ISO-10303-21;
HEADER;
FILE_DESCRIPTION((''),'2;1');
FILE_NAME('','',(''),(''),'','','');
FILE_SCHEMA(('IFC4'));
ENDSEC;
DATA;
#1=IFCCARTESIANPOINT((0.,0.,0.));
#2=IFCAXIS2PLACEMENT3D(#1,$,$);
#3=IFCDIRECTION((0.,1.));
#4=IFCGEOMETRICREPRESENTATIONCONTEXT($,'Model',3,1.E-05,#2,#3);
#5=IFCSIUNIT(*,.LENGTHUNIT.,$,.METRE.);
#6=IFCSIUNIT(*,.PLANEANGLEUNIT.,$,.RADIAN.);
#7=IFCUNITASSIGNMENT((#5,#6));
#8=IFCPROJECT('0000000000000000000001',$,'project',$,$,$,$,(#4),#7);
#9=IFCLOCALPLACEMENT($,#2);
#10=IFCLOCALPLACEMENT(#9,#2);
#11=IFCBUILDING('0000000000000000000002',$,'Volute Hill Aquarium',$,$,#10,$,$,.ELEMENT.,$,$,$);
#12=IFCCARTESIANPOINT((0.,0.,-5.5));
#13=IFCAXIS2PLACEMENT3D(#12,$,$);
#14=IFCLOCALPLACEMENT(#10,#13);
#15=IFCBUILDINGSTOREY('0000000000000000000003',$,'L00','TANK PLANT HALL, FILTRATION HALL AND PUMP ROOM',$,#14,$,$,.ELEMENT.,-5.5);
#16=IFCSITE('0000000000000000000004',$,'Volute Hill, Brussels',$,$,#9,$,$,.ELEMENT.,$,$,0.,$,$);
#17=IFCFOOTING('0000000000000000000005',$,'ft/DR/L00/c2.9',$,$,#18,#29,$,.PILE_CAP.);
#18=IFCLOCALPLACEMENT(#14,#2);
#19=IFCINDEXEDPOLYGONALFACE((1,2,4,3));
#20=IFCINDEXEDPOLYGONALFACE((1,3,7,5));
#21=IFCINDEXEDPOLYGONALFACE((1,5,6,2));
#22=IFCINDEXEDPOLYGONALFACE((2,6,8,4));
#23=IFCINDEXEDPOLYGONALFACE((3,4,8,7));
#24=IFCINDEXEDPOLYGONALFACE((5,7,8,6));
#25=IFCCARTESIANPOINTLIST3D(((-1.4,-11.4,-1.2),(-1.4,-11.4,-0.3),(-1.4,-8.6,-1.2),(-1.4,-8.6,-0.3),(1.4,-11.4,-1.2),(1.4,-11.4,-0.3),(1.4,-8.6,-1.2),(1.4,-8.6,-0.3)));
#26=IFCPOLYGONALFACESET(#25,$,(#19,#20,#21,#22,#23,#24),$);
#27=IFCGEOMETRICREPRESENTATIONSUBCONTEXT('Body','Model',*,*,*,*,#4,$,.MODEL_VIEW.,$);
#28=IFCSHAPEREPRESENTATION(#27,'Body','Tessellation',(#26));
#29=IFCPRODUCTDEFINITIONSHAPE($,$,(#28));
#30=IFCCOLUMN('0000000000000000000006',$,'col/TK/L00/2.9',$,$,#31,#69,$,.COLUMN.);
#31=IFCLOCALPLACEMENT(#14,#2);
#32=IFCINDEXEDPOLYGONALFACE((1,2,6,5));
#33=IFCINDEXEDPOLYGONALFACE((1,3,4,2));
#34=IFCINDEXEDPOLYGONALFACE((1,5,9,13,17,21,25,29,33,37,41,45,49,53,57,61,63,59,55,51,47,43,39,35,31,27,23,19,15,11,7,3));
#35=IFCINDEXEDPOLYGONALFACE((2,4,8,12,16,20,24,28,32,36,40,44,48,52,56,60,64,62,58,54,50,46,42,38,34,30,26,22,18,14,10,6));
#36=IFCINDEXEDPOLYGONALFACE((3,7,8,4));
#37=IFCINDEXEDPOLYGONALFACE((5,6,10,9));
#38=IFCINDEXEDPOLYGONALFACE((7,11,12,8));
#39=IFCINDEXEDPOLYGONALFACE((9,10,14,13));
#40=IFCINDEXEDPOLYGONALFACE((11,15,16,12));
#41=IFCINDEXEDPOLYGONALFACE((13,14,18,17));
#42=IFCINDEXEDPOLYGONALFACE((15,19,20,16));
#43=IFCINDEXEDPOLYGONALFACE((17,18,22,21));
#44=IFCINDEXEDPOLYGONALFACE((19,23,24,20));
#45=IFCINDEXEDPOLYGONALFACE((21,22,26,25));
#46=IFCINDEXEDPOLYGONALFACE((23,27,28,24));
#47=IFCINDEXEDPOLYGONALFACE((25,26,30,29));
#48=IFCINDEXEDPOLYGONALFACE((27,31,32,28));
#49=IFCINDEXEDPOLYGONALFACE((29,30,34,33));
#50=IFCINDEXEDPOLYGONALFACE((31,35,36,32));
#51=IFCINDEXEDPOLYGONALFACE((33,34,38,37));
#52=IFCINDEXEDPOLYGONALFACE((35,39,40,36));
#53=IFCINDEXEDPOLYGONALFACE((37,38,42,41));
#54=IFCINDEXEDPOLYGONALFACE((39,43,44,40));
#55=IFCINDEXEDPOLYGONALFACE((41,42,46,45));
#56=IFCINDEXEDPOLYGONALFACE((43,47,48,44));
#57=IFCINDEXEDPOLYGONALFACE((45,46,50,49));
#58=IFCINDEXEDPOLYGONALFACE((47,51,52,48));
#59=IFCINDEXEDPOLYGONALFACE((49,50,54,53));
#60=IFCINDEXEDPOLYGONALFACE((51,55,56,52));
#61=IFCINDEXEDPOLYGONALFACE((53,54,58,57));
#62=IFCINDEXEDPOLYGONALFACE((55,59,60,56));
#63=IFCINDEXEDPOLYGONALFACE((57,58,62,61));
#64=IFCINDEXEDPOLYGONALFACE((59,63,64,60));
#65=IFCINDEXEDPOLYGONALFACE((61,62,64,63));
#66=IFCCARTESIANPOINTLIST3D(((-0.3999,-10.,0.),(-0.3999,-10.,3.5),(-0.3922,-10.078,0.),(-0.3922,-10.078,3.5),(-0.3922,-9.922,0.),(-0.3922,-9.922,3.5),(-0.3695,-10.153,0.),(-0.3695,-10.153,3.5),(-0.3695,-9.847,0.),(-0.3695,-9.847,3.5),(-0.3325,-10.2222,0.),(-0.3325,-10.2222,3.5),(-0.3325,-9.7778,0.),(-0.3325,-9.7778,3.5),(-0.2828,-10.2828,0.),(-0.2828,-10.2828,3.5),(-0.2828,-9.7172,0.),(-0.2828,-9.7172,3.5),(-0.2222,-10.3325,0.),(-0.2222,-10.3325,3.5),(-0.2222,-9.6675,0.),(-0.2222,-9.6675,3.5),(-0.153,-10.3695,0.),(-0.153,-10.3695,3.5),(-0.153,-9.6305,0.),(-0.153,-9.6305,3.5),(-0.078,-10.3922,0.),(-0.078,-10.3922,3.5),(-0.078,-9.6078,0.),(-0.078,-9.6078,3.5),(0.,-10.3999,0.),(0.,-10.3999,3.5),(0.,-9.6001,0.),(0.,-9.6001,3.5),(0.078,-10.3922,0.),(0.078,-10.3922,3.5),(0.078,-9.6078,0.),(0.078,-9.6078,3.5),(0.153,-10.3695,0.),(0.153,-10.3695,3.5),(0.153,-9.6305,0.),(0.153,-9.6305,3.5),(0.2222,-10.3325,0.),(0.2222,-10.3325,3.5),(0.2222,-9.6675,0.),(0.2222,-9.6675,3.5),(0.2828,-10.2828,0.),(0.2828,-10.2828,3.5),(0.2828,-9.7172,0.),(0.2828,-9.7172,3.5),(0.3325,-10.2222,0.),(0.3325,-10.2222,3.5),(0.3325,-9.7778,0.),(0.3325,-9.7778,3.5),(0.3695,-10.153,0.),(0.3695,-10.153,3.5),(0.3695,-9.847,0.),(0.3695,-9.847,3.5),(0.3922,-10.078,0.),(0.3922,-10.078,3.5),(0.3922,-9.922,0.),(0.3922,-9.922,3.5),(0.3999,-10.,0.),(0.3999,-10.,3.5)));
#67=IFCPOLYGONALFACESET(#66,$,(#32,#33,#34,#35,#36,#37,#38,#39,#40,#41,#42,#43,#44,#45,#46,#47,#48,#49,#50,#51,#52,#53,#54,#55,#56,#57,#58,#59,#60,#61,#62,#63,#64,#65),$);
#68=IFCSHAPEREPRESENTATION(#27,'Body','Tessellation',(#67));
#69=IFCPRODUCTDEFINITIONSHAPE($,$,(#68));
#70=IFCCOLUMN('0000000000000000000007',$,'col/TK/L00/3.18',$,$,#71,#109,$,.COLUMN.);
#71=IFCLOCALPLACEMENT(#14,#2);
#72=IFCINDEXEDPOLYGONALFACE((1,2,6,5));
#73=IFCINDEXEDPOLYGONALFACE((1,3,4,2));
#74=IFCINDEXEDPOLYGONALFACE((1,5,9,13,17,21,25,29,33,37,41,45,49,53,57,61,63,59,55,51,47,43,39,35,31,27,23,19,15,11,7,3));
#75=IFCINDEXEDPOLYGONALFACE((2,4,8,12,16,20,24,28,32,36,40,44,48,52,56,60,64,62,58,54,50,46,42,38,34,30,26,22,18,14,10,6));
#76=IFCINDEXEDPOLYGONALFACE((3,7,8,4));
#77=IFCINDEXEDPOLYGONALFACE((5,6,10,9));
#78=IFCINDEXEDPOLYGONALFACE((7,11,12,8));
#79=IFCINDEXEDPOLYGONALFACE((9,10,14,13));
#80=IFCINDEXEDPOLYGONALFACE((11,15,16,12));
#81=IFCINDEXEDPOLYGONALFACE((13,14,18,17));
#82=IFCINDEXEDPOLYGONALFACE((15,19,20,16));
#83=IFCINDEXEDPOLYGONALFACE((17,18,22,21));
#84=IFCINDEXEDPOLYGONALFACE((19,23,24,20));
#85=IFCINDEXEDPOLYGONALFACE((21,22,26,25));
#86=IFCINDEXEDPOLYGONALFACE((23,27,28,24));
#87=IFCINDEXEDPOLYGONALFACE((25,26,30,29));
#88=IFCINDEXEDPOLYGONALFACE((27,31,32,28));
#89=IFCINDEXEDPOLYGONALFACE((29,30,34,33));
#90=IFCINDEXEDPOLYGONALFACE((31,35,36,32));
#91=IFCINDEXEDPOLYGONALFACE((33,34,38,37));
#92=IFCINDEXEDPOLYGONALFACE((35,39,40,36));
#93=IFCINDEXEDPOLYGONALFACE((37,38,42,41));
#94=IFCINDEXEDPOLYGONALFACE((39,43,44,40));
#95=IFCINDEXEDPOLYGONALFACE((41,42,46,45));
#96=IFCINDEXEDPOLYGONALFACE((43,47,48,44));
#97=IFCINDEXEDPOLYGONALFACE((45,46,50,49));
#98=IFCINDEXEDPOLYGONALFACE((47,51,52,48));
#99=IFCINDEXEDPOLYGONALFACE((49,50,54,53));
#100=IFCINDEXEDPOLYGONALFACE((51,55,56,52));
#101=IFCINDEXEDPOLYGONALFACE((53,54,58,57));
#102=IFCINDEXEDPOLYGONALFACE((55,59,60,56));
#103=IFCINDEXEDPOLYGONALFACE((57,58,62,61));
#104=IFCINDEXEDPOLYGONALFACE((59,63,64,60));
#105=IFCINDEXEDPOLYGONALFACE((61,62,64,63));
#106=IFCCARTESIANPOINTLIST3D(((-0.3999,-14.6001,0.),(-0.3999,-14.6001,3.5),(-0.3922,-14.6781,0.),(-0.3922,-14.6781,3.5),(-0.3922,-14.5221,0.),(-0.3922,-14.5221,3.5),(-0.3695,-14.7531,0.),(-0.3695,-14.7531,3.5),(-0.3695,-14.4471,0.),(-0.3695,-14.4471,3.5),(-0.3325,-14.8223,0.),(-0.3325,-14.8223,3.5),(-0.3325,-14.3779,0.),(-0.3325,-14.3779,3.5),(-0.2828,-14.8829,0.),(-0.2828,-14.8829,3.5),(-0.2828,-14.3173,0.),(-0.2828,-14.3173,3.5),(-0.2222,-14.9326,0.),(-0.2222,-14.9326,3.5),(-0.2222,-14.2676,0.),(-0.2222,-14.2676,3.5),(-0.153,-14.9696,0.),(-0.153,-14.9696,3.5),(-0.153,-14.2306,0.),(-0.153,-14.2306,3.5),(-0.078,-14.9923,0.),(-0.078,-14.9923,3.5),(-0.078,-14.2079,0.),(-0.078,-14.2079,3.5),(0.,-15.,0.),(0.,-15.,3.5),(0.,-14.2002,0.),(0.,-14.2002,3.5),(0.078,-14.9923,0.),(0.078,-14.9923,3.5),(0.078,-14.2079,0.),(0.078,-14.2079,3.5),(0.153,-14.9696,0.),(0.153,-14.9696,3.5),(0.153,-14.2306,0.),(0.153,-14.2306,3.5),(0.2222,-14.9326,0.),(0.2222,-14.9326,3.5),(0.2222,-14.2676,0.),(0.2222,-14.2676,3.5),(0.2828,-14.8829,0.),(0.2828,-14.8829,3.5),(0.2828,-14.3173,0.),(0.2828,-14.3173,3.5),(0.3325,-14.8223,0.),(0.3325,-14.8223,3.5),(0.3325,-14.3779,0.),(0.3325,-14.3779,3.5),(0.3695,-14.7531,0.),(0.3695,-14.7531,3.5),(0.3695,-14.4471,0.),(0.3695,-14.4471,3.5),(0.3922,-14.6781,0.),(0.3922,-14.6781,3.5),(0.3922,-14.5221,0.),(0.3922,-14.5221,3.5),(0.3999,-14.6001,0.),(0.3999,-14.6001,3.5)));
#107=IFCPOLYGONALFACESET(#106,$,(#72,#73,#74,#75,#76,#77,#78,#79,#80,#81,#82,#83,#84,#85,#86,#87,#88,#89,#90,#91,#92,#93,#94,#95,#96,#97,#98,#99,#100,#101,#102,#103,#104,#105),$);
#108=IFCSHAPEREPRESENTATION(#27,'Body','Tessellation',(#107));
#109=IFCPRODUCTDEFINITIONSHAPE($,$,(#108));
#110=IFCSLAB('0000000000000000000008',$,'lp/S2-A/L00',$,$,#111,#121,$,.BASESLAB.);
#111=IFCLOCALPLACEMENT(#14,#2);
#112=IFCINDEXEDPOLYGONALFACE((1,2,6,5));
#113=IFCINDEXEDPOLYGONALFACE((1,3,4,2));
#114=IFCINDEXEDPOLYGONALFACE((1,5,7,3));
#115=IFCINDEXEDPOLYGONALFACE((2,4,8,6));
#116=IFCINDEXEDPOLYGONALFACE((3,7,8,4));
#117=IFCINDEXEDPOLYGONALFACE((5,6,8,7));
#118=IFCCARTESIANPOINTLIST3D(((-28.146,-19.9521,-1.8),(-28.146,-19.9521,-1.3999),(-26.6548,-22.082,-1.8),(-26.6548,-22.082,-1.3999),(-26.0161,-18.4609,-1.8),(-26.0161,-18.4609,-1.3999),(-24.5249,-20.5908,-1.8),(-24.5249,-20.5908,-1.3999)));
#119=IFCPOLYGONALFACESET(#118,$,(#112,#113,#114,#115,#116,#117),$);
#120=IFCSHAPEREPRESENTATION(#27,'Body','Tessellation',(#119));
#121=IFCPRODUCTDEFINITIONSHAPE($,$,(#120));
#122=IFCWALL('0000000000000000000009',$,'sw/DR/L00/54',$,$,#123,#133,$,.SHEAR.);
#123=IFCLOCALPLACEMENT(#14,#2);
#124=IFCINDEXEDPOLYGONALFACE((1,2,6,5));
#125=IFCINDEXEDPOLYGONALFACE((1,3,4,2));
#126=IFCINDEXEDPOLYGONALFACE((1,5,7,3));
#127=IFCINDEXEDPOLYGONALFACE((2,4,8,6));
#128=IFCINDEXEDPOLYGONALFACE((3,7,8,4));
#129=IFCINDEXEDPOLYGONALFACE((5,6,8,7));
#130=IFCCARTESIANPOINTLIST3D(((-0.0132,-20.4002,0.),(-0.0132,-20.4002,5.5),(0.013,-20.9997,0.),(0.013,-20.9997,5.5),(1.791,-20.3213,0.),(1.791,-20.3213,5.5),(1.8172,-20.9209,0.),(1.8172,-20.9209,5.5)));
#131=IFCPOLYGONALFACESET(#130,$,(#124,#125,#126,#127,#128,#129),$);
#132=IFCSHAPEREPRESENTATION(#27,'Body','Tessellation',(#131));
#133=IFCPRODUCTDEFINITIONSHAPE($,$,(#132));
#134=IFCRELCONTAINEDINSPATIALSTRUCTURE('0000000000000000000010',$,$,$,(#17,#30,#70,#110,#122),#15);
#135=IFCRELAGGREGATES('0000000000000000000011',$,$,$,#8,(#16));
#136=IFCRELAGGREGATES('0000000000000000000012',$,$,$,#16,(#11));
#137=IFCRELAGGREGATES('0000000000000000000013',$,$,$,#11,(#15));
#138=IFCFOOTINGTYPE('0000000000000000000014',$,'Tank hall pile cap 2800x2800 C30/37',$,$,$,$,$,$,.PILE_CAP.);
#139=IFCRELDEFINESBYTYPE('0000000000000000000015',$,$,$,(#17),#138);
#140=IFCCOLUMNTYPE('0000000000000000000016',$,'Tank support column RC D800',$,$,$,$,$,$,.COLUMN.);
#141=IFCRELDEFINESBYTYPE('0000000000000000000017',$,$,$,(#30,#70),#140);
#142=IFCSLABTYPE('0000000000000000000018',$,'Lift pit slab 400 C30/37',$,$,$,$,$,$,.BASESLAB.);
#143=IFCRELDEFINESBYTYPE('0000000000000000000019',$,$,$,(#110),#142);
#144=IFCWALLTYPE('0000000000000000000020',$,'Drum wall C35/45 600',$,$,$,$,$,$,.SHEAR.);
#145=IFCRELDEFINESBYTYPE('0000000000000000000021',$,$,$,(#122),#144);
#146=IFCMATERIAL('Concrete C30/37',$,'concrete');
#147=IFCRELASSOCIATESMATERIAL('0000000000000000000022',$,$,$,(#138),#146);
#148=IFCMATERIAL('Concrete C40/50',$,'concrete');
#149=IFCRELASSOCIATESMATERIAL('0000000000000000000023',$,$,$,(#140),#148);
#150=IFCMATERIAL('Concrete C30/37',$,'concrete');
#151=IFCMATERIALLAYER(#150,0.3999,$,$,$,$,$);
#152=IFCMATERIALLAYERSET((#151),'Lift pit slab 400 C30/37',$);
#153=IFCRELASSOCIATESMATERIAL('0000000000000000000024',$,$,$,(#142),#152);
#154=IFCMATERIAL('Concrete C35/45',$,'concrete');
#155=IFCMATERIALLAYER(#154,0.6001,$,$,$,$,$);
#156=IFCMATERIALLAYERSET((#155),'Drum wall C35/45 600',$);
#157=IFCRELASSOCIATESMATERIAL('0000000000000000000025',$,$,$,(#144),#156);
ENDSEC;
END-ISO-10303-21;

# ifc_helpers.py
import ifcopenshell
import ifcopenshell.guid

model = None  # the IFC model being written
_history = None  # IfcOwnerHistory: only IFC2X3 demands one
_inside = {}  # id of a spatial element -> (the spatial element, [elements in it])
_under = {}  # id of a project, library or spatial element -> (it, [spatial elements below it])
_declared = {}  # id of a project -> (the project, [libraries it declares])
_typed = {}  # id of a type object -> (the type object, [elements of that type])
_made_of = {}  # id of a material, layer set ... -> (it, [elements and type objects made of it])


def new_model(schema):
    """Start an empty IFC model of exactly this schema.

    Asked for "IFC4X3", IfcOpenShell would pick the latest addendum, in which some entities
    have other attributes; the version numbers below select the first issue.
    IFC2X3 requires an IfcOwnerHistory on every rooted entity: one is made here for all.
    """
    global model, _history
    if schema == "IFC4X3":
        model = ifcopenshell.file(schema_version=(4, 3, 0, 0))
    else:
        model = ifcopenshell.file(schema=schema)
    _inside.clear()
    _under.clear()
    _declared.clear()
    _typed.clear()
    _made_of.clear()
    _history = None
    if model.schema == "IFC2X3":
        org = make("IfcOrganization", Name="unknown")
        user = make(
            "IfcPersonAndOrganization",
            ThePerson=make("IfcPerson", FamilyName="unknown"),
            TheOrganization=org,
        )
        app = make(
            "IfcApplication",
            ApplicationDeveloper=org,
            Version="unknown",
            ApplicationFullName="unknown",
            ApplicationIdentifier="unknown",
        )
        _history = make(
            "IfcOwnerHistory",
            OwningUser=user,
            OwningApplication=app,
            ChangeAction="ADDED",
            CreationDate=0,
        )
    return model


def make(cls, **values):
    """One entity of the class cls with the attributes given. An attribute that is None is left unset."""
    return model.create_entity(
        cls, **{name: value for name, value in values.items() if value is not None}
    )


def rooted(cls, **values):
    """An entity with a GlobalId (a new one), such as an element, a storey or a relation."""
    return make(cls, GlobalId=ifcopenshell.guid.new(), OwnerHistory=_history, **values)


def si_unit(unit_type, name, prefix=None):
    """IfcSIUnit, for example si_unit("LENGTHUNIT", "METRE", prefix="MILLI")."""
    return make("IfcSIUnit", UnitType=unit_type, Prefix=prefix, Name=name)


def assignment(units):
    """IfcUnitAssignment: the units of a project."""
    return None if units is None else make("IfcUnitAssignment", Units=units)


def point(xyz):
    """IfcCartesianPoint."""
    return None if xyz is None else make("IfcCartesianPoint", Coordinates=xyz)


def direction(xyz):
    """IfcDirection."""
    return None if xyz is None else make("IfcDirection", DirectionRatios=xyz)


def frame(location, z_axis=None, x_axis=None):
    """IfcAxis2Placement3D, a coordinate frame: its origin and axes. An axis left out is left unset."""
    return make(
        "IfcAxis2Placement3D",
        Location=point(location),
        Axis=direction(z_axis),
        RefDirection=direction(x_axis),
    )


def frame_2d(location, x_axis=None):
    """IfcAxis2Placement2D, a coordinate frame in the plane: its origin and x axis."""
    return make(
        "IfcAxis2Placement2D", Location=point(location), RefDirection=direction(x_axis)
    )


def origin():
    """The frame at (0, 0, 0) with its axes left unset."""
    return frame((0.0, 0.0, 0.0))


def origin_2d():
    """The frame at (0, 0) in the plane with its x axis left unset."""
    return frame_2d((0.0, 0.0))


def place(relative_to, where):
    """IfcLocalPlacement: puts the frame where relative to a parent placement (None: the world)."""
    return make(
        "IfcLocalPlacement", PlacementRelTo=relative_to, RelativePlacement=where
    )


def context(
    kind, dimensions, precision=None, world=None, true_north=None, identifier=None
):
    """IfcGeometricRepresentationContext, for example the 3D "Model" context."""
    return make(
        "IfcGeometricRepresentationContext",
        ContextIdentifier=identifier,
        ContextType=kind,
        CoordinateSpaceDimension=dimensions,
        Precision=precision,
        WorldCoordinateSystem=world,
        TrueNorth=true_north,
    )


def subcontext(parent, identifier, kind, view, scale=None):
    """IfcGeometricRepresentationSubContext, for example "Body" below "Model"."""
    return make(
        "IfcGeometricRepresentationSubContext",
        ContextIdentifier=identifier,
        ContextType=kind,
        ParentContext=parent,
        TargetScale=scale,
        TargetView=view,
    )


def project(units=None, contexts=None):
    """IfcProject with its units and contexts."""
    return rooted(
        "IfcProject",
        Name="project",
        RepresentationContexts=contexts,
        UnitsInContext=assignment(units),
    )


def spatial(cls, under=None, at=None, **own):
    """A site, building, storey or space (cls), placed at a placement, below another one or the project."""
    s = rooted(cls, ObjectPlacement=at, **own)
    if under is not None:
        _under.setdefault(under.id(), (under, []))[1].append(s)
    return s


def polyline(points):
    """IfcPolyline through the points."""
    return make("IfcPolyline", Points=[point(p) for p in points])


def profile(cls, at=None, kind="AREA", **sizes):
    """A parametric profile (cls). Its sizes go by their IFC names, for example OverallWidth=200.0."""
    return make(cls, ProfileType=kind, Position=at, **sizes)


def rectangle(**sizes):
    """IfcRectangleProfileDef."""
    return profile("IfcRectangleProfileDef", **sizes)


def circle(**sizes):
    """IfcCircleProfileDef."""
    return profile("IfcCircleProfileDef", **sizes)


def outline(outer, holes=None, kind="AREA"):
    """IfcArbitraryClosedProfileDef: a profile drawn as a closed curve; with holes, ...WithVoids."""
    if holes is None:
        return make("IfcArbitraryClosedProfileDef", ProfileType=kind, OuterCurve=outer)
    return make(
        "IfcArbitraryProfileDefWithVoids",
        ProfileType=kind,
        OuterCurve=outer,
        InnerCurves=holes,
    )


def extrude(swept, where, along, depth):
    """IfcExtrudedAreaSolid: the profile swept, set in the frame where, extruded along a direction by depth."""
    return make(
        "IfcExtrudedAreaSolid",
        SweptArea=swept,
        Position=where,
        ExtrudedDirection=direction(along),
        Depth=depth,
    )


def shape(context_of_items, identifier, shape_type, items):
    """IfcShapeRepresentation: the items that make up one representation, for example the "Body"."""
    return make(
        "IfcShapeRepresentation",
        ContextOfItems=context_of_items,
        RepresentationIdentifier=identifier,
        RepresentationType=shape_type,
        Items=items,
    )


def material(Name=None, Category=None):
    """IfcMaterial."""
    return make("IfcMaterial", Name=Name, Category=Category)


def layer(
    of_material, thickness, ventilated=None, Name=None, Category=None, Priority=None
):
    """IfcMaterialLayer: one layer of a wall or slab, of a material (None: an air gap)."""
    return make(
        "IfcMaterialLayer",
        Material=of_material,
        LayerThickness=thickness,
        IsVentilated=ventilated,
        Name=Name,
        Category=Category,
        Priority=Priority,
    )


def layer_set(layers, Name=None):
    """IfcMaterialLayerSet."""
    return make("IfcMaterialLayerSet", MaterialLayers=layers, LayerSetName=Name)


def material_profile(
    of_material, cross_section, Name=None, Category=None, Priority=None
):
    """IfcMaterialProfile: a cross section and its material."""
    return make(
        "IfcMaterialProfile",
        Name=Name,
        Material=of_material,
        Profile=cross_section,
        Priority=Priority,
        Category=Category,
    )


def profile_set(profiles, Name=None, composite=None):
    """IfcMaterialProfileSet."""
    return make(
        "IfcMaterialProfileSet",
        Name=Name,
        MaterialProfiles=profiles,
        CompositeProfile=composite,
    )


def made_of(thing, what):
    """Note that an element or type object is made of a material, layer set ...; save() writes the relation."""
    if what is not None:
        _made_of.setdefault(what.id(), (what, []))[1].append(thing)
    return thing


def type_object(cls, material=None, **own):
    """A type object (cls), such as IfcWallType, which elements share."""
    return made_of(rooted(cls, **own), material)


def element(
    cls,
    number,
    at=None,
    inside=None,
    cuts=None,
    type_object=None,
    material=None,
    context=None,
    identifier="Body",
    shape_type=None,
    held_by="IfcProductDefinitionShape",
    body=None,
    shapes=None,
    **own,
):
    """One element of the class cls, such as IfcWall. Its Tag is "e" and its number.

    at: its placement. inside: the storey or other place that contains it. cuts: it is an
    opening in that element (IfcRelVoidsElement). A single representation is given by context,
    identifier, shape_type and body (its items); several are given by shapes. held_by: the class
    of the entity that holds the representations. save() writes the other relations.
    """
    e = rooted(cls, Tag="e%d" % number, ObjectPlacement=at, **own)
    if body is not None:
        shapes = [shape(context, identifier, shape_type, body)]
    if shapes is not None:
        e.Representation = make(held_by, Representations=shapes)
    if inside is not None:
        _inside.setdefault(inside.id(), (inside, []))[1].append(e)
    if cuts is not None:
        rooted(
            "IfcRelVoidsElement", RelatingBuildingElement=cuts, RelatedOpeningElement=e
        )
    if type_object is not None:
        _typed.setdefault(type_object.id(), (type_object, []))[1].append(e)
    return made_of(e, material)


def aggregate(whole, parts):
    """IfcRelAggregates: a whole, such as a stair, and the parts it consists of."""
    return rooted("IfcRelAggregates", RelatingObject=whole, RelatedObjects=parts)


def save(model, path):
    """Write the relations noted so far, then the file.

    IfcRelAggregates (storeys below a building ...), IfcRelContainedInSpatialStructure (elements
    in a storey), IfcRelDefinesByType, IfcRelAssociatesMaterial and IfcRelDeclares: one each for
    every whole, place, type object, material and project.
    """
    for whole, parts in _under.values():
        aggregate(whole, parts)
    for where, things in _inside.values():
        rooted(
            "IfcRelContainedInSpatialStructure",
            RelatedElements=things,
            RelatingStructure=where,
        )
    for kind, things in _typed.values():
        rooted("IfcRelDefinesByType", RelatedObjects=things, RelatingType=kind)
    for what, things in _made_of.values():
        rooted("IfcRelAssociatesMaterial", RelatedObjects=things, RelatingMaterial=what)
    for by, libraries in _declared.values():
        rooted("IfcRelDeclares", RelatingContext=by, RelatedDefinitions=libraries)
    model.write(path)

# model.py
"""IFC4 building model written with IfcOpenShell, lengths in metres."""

from ifc_helpers import new_model, si_unit, direction, frame, frame_2d, origin, origin_2d, place, context, subcontext, project, spatial, polyline, rectangle, circle, outline, extrude, material, layer, layer_set, material_profile, profile_set, type_object, element, save


model = new_model("IFC4")

# Units and contexts
model_context = context("Model", 3, precision=1e-05, world=origin(), true_north=direction((0.0, 1.0)))
body_context = subcontext(model_context, "Body", "Model", "MODEL_VIEW")
ifc_project = project(units=[si_unit("LENGTHUNIT", "METRE"), si_unit("PLANEANGLEUNIT", "RADIAN")], contexts=[model_context])

# Site, building, storey
site_placement = place(None, origin())
site = spatial("IfcSite", under=ifc_project, at=site_placement, Name="Volute Hill, Brussels", CompositionType="ELEMENT", RefElevation=0.0)
building_placement = place(site_placement, origin())
building = spatial("IfcBuilding", under=site, at=building_placement, Name="Volute Hill Aquarium", CompositionType="ELEMENT")
storey_placement = place(building_placement, frame((0.0, 0.0, -5.5)))
storey = spatial("IfcBuildingStorey", under=building, at=storey_placement, Name="L00", Description="TANK PLANT HALL, FILTRATION HALL AND PUMP ROOM", CompositionType="ELEMENT", Elevation=-5.5)

# Footing
ifc_material_1 = material(Name="Concrete C30/37", Category="concrete")
footing_type_1 = type_object("IfcFootingType", Name="Tank hall pile cap 2800x2800 C30/37", PredefinedType="PILE_CAP", material=ifc_material_1)
footing_1_placement = place(storey_placement, frame((0.0, -10.0, -1.2), z_axis=(0.0, 0.0, 1.0), x_axis=(1.0, 0.0, 0.0)))
element("IfcFooting", 1, at=footing_1_placement, inside=storey, type_object=footing_type_1, Name="ft/DR/L00/c2.9", PredefinedType="PILE_CAP", context=body_context, shape_type="SweptSolid", body=[
    extrude(rectangle(XDim=2.8, YDim=2.8, at=origin_2d()), origin(), (0.0, 0.0, 1.0), 0.8999),
])

# Columns
ifc_material_2 = material(Name="Concrete C40/50", Category="concrete")
ifc_material_profile = material_profile(ifc_material_2, circle(Radius=0.3999, at=origin_2d()), Name="RC round column D800")
ifc_profile_set = profile_set([ifc_material_profile], Name="Concrete C40/50")
column_type = type_object("IfcColumnType", Name="Tank support column RC D800", PredefinedType="COLUMN", material=ifc_profile_set)
for number, where, z_axis, x_axis, name in (
    (2, (0.0, -10.0, 0.0), (0.0, 0.0, 1.0), (1.0, 0.0, 0.0), "col/TK/L00/2.9"),
    (3, (0.0, -14.6001, 0.0), (0.0, 0.0, 1.0), (1.0, 0.0, 0.0), "col/TK/L00/3.18"),
):
    element("IfcColumn", number, at=place(storey_placement, frame(where, z_axis=z_axis, x_axis=x_axis)), inside=storey, type_object=column_type, Name=name, PredefinedType="COLUMN", context=body_context, shape_type="SweptSolid", body=[
        extrude(circle(Radius=0.3999, at=origin_2d()), origin(), (0.0, 0.0, 1.0), 3.5),
    ])

# Slab
ifc_material_3 = material(Name="Concrete C30/37", Category="concrete")
ifc_layer_1 = layer(ifc_material_3, 0.3999)
ifc_layer_set_1 = layer_set([ifc_layer_1], Name="Lift pit slab 400 C30/37")
slab_type = type_object("IfcSlabType", Name="Lift pit slab 400 C30/37", PredefinedType="BASESLAB", material=ifc_layer_set_1)
slab_placement = place(storey_placement, frame((0.0, 0.0, -1.8)))
element("IfcSlab", 4, at=slab_placement, inside=storey, type_object=slab_type, Name="lp/S2-A/L00", PredefinedType="BASESLAB", context=body_context, shape_type="SweptSolid", body=[
    extrude(outline(polyline([(-26.0161, -18.4609), (-28.146, -19.9521), (-26.6548, -22.082), (-24.5249, -20.5908), (-26.0161, -18.4609)])), origin(), (0.0, 0.0, 1.0), 0.4001),
])

# Wall
ifc_material_4 = material(Name="Concrete C35/45", Category="concrete")
ifc_layer_2 = layer(ifc_material_4, 0.6001)
ifc_layer_set_2 = layer_set([ifc_layer_2], Name="Drum wall C35/45 600")
wall_type = type_object("IfcWallType", Name="Drum wall C35/45 600", PredefinedType="SHEAR", material=ifc_layer_set_2)
wall_placement = place(storey_placement, frame((0.0, -20.7, 0.0), z_axis=(0.0, 0.0, 1.0), x_axis=(0.999046, 0.043666, 0.0)))
element("IfcWall", 5, at=wall_placement, inside=storey, type_object=wall_type, Name="sw/DR/L00/54", PredefinedType="SHEAR", context=body_context, shape_type="SweptSolid", body=[
    extrude(rectangle(XDim=1.8059, YDim=0.6001, at=frame_2d((0.9028, 0.0))), origin(), (0.0, 0.0, 1.0), 5.5),
])

save(model, "model.ifc")
